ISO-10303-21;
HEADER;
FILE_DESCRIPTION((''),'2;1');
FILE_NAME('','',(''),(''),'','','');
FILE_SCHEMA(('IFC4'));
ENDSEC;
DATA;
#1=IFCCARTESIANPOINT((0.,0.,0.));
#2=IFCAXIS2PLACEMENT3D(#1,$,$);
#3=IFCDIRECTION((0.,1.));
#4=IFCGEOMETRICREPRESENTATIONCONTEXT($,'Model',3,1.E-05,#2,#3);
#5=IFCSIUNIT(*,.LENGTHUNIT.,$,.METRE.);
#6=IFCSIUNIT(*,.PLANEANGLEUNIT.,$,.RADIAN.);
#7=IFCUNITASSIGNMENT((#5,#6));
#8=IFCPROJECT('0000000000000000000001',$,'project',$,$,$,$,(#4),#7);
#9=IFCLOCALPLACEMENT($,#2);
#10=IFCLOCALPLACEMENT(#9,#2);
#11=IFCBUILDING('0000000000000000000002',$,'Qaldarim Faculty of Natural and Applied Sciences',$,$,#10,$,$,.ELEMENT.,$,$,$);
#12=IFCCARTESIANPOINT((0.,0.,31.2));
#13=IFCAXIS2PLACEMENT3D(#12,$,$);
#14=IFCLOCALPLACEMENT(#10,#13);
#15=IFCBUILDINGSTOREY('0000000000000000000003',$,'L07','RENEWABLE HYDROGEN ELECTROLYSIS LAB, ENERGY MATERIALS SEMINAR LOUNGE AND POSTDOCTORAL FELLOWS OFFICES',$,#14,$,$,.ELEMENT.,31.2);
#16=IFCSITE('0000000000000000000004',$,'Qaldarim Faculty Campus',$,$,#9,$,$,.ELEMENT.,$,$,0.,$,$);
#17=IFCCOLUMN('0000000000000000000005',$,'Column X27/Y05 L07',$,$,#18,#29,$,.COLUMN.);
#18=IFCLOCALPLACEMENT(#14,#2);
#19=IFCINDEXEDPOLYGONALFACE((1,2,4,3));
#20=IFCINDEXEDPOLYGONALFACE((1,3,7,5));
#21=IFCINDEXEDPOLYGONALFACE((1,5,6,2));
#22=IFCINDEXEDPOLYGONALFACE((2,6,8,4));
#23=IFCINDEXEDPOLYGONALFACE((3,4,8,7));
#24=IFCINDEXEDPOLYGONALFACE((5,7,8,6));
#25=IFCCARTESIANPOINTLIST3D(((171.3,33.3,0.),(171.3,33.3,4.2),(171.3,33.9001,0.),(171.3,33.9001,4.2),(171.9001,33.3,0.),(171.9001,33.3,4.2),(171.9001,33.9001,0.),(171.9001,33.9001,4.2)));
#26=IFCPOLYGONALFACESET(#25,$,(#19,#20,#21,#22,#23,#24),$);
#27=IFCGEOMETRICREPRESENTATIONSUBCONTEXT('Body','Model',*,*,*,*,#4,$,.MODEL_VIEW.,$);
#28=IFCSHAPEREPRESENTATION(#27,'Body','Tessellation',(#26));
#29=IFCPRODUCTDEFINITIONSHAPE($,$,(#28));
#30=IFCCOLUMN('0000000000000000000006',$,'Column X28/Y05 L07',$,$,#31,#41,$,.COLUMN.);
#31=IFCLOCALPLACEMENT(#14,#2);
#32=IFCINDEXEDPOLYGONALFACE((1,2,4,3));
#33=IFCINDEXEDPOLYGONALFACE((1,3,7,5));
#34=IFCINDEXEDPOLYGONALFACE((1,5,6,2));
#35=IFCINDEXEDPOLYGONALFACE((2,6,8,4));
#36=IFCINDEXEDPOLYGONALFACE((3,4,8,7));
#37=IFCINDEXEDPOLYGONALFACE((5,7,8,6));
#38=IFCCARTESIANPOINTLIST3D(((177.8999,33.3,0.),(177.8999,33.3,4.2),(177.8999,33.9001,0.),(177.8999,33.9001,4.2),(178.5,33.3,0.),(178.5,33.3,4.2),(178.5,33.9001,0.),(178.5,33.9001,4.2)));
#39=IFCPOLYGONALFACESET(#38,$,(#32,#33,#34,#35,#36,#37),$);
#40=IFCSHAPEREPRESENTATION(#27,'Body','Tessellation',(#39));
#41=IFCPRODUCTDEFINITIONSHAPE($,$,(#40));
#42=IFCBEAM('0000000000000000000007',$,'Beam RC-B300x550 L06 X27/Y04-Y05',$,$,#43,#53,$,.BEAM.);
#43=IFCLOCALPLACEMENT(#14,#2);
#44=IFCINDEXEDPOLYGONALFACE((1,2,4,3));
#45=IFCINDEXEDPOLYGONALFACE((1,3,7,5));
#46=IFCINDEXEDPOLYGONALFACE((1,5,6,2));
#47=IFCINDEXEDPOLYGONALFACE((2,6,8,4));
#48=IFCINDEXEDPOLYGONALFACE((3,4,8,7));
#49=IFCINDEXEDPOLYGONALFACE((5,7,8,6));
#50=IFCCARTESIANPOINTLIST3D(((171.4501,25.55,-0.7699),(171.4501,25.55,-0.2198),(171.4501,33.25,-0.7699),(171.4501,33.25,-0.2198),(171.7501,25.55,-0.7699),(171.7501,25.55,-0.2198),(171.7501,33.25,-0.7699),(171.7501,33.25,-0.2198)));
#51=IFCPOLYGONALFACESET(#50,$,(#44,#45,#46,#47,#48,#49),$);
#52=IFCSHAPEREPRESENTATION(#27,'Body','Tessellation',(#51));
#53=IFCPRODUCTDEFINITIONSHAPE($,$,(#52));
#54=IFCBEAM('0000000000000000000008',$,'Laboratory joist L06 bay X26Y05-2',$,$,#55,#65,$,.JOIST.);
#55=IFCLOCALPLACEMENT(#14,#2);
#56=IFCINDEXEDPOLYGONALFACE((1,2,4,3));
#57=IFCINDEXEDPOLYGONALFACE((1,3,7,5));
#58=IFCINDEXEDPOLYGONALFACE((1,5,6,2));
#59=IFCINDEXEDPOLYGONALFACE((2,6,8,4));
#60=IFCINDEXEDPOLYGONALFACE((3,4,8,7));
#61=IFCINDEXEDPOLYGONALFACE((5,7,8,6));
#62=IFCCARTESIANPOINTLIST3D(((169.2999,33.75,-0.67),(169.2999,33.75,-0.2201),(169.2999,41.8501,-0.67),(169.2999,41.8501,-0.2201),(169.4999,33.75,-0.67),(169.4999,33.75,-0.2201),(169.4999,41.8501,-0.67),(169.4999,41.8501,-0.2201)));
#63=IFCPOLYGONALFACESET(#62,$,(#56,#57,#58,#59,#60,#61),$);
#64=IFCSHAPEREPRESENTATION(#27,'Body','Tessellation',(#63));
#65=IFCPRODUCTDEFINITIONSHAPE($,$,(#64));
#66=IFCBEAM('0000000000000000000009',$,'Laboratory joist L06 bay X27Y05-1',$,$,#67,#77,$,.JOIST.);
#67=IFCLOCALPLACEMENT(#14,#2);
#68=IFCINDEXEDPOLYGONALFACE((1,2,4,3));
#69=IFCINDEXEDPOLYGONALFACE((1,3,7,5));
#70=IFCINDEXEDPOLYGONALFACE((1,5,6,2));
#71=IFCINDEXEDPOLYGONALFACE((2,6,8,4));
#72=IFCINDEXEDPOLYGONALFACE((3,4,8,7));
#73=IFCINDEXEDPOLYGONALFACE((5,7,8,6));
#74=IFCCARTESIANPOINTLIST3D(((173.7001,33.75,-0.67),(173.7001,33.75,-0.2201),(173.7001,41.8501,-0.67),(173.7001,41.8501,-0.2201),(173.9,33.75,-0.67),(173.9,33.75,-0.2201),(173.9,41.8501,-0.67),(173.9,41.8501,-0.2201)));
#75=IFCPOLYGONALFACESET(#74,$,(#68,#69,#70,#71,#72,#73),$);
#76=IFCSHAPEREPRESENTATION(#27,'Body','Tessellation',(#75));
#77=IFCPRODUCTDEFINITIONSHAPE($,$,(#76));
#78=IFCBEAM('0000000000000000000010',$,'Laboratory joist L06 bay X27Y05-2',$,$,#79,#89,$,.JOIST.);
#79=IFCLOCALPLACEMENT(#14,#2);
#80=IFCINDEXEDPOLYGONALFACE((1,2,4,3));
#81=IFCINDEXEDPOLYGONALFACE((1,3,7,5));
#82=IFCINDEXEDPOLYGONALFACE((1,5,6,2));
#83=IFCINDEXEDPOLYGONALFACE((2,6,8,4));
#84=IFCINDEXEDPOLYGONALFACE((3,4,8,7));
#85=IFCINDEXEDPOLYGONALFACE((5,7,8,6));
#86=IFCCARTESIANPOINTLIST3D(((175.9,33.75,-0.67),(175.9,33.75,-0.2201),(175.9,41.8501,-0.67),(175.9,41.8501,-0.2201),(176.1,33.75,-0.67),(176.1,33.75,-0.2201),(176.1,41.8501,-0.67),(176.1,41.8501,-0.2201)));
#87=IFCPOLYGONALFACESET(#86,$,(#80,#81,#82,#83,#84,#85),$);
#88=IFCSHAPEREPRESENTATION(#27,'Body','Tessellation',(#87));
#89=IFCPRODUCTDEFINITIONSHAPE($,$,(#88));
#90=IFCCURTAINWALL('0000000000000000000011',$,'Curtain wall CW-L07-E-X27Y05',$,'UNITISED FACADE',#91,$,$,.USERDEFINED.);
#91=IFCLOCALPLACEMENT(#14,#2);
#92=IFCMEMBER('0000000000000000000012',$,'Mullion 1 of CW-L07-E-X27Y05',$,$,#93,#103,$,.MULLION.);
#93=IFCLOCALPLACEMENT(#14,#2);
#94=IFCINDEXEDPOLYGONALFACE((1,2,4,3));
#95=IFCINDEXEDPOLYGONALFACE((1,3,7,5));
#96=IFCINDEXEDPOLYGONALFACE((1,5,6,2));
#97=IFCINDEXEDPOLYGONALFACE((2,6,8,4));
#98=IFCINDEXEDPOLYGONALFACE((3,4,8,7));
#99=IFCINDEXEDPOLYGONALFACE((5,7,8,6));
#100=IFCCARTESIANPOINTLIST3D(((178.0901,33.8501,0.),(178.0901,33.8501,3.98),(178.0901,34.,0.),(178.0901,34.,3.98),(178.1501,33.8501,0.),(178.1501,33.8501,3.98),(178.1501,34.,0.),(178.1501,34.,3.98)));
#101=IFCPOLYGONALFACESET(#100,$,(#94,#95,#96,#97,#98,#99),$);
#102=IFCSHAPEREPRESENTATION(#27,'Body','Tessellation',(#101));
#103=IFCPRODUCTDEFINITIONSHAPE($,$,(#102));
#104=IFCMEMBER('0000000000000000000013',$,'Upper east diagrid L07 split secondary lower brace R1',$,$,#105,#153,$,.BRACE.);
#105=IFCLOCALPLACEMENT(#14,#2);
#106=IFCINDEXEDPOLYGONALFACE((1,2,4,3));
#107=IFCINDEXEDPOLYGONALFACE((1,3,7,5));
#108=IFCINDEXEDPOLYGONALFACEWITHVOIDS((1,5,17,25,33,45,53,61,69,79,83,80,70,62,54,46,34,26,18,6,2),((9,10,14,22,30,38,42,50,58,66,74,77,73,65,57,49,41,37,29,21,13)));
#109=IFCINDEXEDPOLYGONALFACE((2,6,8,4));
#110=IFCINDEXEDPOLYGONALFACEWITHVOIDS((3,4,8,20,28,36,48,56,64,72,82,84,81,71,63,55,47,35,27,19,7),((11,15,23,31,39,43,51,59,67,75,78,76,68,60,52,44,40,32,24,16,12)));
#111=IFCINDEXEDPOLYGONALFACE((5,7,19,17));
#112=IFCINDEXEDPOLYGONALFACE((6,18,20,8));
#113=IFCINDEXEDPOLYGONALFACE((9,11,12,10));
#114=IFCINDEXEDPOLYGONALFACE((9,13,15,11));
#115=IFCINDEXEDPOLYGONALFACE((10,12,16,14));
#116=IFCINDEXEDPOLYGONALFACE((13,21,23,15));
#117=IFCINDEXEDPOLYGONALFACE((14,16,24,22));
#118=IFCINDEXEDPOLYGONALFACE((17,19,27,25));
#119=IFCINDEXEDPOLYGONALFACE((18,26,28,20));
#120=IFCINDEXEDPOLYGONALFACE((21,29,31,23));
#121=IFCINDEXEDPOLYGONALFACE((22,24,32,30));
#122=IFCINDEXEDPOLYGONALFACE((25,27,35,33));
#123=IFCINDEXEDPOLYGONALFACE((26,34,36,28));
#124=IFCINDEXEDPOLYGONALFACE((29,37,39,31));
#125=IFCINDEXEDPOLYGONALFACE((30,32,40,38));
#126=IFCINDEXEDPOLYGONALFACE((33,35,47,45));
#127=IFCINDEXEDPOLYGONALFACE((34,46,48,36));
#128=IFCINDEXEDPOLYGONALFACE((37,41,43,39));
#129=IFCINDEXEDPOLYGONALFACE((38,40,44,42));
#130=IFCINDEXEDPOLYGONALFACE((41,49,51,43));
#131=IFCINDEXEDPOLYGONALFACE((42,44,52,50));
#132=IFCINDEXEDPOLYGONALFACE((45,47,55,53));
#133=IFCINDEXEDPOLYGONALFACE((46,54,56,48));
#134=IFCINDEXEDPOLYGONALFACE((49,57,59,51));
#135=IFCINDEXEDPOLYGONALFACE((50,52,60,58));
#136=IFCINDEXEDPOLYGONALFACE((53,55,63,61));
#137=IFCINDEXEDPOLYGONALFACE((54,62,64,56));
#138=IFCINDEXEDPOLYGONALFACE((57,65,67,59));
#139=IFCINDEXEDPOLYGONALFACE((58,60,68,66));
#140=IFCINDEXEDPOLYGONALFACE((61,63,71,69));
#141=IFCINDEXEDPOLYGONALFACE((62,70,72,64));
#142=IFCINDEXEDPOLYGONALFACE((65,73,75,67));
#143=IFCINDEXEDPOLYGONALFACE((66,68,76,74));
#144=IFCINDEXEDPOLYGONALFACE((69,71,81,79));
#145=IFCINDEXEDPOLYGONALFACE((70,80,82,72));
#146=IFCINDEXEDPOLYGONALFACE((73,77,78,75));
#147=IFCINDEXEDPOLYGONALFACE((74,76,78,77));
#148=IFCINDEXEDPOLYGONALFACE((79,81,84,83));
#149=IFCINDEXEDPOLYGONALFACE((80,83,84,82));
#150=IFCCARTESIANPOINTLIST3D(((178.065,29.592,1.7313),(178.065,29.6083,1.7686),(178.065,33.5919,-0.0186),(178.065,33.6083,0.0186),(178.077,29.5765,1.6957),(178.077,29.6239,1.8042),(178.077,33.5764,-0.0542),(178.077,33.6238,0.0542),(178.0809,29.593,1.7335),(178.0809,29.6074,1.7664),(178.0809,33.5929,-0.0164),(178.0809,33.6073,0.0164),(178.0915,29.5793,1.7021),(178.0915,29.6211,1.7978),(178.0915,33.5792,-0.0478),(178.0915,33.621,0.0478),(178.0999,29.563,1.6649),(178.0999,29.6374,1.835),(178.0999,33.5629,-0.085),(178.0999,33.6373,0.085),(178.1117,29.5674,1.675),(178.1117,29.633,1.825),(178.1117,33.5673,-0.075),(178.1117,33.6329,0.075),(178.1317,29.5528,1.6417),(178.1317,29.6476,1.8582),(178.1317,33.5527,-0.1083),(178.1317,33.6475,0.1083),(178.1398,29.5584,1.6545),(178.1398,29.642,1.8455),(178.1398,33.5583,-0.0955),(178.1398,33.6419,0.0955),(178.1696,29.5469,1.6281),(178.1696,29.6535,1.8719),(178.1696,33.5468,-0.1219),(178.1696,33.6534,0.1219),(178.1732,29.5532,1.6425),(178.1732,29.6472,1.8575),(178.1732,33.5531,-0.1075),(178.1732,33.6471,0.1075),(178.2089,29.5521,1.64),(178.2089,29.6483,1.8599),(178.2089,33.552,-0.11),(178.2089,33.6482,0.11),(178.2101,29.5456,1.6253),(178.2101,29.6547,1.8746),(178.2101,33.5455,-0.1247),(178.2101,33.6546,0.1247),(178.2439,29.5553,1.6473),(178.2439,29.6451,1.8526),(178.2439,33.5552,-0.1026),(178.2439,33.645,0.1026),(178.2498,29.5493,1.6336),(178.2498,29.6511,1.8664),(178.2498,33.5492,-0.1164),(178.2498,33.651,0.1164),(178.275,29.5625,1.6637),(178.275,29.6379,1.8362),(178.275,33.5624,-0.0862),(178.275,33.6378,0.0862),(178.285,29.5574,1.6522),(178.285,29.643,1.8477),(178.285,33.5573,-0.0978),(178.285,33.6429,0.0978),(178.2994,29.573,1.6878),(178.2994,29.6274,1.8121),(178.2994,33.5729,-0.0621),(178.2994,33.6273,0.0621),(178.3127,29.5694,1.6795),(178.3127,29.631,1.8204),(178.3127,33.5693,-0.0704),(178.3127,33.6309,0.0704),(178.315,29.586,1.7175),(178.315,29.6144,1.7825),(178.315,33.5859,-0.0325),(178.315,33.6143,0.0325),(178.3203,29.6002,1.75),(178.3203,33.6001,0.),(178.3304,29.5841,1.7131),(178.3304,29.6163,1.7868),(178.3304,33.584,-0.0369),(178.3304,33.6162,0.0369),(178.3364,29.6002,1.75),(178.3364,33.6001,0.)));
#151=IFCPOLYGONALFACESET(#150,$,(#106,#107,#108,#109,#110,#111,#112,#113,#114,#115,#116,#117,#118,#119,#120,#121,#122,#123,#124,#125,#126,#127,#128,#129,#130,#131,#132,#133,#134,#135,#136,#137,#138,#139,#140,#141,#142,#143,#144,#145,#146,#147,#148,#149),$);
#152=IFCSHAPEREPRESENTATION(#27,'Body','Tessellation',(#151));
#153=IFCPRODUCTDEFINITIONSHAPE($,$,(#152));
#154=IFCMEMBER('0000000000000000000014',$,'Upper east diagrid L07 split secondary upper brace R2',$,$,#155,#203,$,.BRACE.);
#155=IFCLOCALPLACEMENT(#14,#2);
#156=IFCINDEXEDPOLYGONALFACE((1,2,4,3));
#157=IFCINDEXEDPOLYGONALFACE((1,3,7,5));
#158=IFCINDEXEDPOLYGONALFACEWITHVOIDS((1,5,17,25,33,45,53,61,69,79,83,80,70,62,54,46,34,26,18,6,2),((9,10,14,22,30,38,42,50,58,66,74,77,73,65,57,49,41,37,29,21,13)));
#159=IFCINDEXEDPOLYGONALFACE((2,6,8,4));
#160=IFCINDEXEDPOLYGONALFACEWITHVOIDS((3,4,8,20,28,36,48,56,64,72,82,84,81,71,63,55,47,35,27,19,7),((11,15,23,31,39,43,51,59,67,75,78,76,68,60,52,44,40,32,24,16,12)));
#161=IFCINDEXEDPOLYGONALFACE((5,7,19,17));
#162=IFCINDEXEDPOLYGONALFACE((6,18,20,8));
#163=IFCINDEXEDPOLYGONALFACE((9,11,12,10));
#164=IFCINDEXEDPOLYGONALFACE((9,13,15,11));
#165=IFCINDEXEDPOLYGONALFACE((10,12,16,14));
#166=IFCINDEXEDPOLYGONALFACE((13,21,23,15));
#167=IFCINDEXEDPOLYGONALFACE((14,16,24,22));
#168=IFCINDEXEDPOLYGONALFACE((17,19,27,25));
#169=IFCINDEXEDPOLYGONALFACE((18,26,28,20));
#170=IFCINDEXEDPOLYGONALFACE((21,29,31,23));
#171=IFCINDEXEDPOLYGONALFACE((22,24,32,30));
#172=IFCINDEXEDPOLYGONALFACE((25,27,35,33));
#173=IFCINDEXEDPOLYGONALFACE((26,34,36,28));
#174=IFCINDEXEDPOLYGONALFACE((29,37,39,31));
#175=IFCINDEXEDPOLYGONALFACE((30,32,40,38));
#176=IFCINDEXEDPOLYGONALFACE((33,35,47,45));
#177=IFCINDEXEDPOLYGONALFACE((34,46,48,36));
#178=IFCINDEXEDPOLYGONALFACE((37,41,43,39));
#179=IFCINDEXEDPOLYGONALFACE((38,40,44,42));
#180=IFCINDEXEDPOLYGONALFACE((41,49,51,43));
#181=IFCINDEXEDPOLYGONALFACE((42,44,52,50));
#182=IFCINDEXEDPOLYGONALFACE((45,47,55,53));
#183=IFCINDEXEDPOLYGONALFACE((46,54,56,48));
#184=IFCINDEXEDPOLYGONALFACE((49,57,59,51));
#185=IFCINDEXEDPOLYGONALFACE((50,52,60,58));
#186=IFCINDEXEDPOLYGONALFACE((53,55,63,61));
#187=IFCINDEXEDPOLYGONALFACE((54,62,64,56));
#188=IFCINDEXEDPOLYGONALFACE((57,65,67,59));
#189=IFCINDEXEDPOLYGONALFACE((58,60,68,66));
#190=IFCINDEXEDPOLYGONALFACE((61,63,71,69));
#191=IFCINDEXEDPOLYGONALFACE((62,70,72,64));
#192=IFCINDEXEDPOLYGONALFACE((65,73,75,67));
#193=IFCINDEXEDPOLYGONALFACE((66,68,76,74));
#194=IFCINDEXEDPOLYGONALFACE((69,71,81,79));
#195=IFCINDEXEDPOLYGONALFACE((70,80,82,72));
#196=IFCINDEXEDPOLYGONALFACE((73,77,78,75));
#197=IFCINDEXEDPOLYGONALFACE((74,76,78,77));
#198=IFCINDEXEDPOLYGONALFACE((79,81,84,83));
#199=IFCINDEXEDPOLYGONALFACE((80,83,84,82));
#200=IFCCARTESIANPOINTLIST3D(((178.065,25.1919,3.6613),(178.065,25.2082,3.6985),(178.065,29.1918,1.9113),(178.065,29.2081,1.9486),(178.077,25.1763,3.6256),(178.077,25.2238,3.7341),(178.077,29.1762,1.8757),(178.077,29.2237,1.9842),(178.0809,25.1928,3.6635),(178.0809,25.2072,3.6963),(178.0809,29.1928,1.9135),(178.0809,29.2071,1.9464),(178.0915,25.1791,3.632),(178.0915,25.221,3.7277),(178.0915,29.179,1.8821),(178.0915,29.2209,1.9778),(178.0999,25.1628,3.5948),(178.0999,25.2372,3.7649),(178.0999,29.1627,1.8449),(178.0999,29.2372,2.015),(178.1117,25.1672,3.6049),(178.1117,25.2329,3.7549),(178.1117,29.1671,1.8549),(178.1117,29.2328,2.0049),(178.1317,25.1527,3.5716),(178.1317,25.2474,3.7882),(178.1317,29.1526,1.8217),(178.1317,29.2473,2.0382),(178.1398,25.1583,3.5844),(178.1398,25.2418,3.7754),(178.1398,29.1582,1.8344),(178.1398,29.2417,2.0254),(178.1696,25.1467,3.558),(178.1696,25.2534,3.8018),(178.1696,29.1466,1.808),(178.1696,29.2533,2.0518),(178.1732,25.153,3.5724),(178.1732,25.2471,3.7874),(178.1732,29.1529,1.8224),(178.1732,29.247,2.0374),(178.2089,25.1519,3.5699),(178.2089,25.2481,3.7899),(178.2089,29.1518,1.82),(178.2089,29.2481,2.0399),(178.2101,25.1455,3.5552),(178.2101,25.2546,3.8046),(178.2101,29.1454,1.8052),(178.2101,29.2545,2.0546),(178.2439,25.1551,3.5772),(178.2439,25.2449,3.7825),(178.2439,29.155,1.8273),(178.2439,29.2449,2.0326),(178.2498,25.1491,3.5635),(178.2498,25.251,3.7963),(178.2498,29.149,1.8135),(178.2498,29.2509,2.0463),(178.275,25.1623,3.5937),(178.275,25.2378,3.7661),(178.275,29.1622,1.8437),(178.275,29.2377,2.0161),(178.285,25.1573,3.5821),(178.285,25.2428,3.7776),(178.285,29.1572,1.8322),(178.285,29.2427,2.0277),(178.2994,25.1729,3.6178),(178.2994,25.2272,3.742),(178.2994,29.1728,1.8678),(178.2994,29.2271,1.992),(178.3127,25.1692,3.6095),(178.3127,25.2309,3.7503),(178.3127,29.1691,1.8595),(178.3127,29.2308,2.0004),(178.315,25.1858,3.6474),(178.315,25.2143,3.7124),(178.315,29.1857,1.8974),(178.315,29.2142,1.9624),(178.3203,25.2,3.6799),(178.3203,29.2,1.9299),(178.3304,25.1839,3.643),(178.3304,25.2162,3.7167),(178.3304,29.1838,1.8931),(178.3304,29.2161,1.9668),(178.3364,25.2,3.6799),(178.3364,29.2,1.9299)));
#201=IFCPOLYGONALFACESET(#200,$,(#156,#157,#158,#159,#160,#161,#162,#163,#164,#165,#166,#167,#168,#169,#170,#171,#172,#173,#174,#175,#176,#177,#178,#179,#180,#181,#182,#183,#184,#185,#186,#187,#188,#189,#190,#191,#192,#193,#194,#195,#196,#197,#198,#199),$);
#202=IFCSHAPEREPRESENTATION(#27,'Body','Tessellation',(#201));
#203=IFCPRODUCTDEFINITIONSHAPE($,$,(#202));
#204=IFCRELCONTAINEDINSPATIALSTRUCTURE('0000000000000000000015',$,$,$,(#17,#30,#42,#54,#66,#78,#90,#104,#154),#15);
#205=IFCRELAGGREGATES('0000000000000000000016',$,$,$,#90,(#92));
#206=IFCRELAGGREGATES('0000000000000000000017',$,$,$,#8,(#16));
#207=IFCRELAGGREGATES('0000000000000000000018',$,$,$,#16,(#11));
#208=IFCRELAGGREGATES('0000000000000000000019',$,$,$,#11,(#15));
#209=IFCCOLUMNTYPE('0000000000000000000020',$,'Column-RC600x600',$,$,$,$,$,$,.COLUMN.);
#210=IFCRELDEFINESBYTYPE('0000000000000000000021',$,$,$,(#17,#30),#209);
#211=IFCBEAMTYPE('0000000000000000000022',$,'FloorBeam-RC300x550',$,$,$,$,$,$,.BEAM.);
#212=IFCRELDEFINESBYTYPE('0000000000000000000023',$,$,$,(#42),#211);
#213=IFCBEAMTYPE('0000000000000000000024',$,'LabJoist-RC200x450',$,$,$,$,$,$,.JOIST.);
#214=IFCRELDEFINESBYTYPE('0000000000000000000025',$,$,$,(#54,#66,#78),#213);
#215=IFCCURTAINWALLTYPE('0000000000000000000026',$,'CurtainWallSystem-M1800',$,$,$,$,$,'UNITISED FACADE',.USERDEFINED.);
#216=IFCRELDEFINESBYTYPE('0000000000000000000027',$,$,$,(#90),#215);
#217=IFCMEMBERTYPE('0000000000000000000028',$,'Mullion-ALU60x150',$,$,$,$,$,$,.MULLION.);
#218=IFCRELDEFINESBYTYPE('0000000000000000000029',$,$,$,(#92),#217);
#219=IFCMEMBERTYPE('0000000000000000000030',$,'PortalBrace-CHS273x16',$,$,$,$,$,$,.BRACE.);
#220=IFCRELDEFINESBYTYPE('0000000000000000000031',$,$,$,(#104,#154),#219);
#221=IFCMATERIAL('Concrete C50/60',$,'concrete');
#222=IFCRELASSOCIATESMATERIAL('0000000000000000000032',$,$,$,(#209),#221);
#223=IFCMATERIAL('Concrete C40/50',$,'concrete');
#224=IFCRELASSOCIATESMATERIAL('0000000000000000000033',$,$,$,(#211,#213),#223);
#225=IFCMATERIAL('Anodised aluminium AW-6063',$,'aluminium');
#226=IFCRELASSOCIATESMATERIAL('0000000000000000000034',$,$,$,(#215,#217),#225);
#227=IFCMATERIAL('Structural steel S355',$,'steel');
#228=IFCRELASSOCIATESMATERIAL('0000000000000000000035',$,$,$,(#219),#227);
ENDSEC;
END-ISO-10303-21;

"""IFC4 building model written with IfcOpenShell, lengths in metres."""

from ifc_helpers import new_model, si_unit, direction, frame, origin, origin_2d, place, context, subcontext, project, spatial, rectangle, hollow_circle, extrude, material, material_profile, profile_set, type_object, element, aggregate, save


model = new_model("IFC4")

# Units and contexts
model_context = context("Model", 3, precision=1e-05, world=origin(), true_north=direction((0.0, 1.0)))
body_context = subcontext(model_context, "Body", "Model", "MODEL_VIEW")
ifc_project = project(units=[si_unit("LENGTHUNIT", "METRE"), si_unit("PLANEANGLEUNIT", "RADIAN")], contexts=[model_context])

# Site, building, storey
site_placement = place(None, origin())
site = spatial("IfcSite", under=ifc_project, at=site_placement, Name="Qaldarim Faculty Campus", CompositionType="ELEMENT", RefElevation=0.0)
building_placement = place(site_placement, origin())
building = spatial("IfcBuilding", under=site, at=building_placement, Name="Qaldarim Faculty of Natural and Applied Sciences", CompositionType="ELEMENT")
storey_placement = place(building_placement, frame((0.0, 0.0, 31.2)))
storey = spatial("IfcBuildingStorey", under=building, at=storey_placement, Name="L07", Description="RENEWABLE HYDROGEN ELECTROLYSIS LAB, ENERGY MATERIALS SEMINAR LOUNGE AND POSTDOCTORAL FELLOWS OFFICES", CompositionType="ELEMENT", Elevation=31.2)

# Columns
ifc_material_1 = material(Name="Concrete C50/60", Category="concrete")
ifc_material_profile_1 = material_profile(ifc_material_1, rectangle(XDim=0.6001, YDim=0.6001, at=origin_2d()), Name="RC-C600x600")
ifc_profile_set_1 = profile_set([ifc_material_profile_1], Name="Concrete C50/60")
column_type = type_object("IfcColumnType", Name="Column-RC600x600", PredefinedType="COLUMN", material=ifc_profile_set_1)
for number, where, z_axis, x_axis, name in (
    (1, (171.6001, 33.6001, 0.0), (0.0, 0.0, 1.0), (1.0, 0.0, 0.0), "Column X27/Y05 L07"),
    (2, (178.2, 33.6001, 0.0), (0.0, 0.0, 1.0), (1.0, 0.0, 0.0), "Column X28/Y05 L07"),
):
    element("IfcColumn", number, at=place(storey_placement, frame(where, z_axis=z_axis, x_axis=x_axis)), inside=storey, type_object=column_type, Name=name, PredefinedType="COLUMN", context=body_context, shape_type="SweptSolid", body=[
        extrude(rectangle(XDim=0.6001, YDim=0.6001, at=origin_2d()), origin(), (0.0, 0.0, 1.0), 4.2),
    ])

# Beams
ifc_material_2 = material(Name="Concrete C40/50", Category="concrete")
ifc_material_profile_2 = material_profile(ifc_material_2, rectangle(XDim=0.3, YDim=0.55, at=origin_2d()), Name="RC-B300x550")
ifc_profile_set_2 = profile_set([ifc_material_profile_2], Name="Concrete C40/50")
beam_type_1 = type_object("IfcBeamType", Name="FloorBeam-RC300x550", PredefinedType="BEAM", material=ifc_profile_set_2)
beam_1_placement = place(storey_placement, frame((171.6001, 25.55, -0.4949), z_axis=(0.0, 1.0, 0.0), x_axis=(-1.0, 0.0, 0.0)))
element("IfcBeam", 3, at=beam_1_placement, inside=storey, type_object=beam_type_1, Name="Beam RC-B300x550 L06 X27/Y04-Y05", PredefinedType="BEAM", context=body_context, shape_type="SweptSolid", body=[
    extrude(rectangle(XDim=0.3, YDim=0.55, at=origin_2d()), origin(), (0.0, 0.0, 1.0), 7.7),
])
ifc_material_profile_3 = material_profile(ifc_material_2, rectangle(XDim=0.2, YDim=0.45, at=origin_2d()), Name="RC-J200x450")
ifc_profile_set_3 = profile_set([ifc_material_profile_3], Name="Concrete C40/50")
beam_type_2 = type_object("IfcBeamType", Name="LabJoist-RC200x450", PredefinedType="JOIST", material=ifc_profile_set_3)
for number, where, z_axis, x_axis, name in (
    (4, (169.3999, 33.75, -0.4451), (0.0, 1.0, 0.0), (-1.0, 0.0, 0.0), "Laboratory joist L06 bay X26Y05-2"),
    (5, (173.8, 33.75, -0.4451), (0.0, 1.0, 0.0), (-1.0, 0.0, 0.0), "Laboratory joist L06 bay X27Y05-1"),
    (6, (176.0, 33.75, -0.4451), (0.0, 1.0, 0.0), (-1.0, 0.0, 0.0), "Laboratory joist L06 bay X27Y05-2"),
):
    element("IfcBeam", number, at=place(storey_placement, frame(where, z_axis=z_axis, x_axis=x_axis)), inside=storey, type_object=beam_type_2, Name=name, PredefinedType="JOIST", context=body_context, shape_type="SweptSolid", body=[
        extrude(rectangle(XDim=0.2, YDim=0.45, at=origin_2d()), origin(), (0.0, 0.0, 1.0), 8.1001),
    ])

# Curtain wall, member
ifc_material_3 = material(Name="Anodised aluminium AW-6063", Category="aluminium")
curtain_wall_type = type_object("IfcCurtainWallType", Name="CurtainWallSystem-M1800", ElementType="UNITISED FACADE", PredefinedType="USERDEFINED", material=ifc_material_3)
curtain_wall_placement = place(storey_placement, origin())
curtain_wall = element("IfcCurtainWall", 7, at=curtain_wall_placement, inside=storey, type_object=curtain_wall_type, Name="Curtain wall CW-L07-E-X27Y05", ObjectType="UNITISED FACADE", PredefinedType="USERDEFINED")
ifc_material_profile_4 = material_profile(ifc_material_3, rectangle(XDim=0.0601, YDim=0.1499, at=origin_2d()), Name="ALU-M60x150")
ifc_profile_set_4 = profile_set([ifc_material_profile_4], Name="Anodised aluminium AW-6063")
member_type_1 = type_object("IfcMemberType", Name="Mullion-ALU60x150", PredefinedType="MULLION", material=ifc_profile_set_4)
member_1_placement = place(storey_placement, frame((178.1201, 33.925, 0.0), z_axis=(0.0, 0.0, 1.0), x_axis=(-1.0, 0.0, 0.0)))
member_1 = element("IfcMember", 8, at=member_1_placement, type_object=member_type_1, Name="Mullion 1 of CW-L07-E-X27Y05", PredefinedType="MULLION", context=body_context, shape_type="SweptSolid", body=[
    extrude(rectangle(XDim=0.0601, YDim=0.1499, at=origin_2d()), origin(), (0.0, 0.0, 1.0), 3.98),
])

# Members
ifc_material_4 = material(Name="Structural steel S355", Category="steel")
ifc_material_profile_5 = material_profile(ifc_material_4, hollow_circle(Radius=0.1365, WallThickness=0.0161, at=origin_2d()), Name="CHS 273.0x16.0")
ifc_profile_set_5 = profile_set([ifc_material_profile_5], Name="Structural steel S355")
member_type_2 = type_object("IfcMemberType", Name="PortalBrace-CHS273x16", PredefinedType="BRACE", material=ifc_profile_set_5)
for number, where, z_axis, x_axis, name in (
    (9, (178.2, 33.6001, 0.0), (0.0, -0.916157, 0.400819), (1.0, 0.0, 0.0), "Upper east diagrid L07 split secondary lower brace R1"),
    (10, (178.2, 29.2, 1.9299), (0.0, -0.916157, 0.400819), (1.0, 0.0, 0.0), "Upper east diagrid L07 split secondary upper brace R2"),
):
    element("IfcMember", number, at=place(storey_placement, frame(where, z_axis=z_axis, x_axis=x_axis)), inside=storey, type_object=member_type_2, Name=name, PredefinedType="BRACE", context=body_context, shape_type="SweptSolid", body=[
        extrude(hollow_circle(Radius=0.1365, WallThickness=0.0161, at=origin_2d()), origin(), (0.0, 0.0, 1.0), 4.366),
    ])

aggregate(curtain_wall, [member_1])

save(model, "model.ifc")
